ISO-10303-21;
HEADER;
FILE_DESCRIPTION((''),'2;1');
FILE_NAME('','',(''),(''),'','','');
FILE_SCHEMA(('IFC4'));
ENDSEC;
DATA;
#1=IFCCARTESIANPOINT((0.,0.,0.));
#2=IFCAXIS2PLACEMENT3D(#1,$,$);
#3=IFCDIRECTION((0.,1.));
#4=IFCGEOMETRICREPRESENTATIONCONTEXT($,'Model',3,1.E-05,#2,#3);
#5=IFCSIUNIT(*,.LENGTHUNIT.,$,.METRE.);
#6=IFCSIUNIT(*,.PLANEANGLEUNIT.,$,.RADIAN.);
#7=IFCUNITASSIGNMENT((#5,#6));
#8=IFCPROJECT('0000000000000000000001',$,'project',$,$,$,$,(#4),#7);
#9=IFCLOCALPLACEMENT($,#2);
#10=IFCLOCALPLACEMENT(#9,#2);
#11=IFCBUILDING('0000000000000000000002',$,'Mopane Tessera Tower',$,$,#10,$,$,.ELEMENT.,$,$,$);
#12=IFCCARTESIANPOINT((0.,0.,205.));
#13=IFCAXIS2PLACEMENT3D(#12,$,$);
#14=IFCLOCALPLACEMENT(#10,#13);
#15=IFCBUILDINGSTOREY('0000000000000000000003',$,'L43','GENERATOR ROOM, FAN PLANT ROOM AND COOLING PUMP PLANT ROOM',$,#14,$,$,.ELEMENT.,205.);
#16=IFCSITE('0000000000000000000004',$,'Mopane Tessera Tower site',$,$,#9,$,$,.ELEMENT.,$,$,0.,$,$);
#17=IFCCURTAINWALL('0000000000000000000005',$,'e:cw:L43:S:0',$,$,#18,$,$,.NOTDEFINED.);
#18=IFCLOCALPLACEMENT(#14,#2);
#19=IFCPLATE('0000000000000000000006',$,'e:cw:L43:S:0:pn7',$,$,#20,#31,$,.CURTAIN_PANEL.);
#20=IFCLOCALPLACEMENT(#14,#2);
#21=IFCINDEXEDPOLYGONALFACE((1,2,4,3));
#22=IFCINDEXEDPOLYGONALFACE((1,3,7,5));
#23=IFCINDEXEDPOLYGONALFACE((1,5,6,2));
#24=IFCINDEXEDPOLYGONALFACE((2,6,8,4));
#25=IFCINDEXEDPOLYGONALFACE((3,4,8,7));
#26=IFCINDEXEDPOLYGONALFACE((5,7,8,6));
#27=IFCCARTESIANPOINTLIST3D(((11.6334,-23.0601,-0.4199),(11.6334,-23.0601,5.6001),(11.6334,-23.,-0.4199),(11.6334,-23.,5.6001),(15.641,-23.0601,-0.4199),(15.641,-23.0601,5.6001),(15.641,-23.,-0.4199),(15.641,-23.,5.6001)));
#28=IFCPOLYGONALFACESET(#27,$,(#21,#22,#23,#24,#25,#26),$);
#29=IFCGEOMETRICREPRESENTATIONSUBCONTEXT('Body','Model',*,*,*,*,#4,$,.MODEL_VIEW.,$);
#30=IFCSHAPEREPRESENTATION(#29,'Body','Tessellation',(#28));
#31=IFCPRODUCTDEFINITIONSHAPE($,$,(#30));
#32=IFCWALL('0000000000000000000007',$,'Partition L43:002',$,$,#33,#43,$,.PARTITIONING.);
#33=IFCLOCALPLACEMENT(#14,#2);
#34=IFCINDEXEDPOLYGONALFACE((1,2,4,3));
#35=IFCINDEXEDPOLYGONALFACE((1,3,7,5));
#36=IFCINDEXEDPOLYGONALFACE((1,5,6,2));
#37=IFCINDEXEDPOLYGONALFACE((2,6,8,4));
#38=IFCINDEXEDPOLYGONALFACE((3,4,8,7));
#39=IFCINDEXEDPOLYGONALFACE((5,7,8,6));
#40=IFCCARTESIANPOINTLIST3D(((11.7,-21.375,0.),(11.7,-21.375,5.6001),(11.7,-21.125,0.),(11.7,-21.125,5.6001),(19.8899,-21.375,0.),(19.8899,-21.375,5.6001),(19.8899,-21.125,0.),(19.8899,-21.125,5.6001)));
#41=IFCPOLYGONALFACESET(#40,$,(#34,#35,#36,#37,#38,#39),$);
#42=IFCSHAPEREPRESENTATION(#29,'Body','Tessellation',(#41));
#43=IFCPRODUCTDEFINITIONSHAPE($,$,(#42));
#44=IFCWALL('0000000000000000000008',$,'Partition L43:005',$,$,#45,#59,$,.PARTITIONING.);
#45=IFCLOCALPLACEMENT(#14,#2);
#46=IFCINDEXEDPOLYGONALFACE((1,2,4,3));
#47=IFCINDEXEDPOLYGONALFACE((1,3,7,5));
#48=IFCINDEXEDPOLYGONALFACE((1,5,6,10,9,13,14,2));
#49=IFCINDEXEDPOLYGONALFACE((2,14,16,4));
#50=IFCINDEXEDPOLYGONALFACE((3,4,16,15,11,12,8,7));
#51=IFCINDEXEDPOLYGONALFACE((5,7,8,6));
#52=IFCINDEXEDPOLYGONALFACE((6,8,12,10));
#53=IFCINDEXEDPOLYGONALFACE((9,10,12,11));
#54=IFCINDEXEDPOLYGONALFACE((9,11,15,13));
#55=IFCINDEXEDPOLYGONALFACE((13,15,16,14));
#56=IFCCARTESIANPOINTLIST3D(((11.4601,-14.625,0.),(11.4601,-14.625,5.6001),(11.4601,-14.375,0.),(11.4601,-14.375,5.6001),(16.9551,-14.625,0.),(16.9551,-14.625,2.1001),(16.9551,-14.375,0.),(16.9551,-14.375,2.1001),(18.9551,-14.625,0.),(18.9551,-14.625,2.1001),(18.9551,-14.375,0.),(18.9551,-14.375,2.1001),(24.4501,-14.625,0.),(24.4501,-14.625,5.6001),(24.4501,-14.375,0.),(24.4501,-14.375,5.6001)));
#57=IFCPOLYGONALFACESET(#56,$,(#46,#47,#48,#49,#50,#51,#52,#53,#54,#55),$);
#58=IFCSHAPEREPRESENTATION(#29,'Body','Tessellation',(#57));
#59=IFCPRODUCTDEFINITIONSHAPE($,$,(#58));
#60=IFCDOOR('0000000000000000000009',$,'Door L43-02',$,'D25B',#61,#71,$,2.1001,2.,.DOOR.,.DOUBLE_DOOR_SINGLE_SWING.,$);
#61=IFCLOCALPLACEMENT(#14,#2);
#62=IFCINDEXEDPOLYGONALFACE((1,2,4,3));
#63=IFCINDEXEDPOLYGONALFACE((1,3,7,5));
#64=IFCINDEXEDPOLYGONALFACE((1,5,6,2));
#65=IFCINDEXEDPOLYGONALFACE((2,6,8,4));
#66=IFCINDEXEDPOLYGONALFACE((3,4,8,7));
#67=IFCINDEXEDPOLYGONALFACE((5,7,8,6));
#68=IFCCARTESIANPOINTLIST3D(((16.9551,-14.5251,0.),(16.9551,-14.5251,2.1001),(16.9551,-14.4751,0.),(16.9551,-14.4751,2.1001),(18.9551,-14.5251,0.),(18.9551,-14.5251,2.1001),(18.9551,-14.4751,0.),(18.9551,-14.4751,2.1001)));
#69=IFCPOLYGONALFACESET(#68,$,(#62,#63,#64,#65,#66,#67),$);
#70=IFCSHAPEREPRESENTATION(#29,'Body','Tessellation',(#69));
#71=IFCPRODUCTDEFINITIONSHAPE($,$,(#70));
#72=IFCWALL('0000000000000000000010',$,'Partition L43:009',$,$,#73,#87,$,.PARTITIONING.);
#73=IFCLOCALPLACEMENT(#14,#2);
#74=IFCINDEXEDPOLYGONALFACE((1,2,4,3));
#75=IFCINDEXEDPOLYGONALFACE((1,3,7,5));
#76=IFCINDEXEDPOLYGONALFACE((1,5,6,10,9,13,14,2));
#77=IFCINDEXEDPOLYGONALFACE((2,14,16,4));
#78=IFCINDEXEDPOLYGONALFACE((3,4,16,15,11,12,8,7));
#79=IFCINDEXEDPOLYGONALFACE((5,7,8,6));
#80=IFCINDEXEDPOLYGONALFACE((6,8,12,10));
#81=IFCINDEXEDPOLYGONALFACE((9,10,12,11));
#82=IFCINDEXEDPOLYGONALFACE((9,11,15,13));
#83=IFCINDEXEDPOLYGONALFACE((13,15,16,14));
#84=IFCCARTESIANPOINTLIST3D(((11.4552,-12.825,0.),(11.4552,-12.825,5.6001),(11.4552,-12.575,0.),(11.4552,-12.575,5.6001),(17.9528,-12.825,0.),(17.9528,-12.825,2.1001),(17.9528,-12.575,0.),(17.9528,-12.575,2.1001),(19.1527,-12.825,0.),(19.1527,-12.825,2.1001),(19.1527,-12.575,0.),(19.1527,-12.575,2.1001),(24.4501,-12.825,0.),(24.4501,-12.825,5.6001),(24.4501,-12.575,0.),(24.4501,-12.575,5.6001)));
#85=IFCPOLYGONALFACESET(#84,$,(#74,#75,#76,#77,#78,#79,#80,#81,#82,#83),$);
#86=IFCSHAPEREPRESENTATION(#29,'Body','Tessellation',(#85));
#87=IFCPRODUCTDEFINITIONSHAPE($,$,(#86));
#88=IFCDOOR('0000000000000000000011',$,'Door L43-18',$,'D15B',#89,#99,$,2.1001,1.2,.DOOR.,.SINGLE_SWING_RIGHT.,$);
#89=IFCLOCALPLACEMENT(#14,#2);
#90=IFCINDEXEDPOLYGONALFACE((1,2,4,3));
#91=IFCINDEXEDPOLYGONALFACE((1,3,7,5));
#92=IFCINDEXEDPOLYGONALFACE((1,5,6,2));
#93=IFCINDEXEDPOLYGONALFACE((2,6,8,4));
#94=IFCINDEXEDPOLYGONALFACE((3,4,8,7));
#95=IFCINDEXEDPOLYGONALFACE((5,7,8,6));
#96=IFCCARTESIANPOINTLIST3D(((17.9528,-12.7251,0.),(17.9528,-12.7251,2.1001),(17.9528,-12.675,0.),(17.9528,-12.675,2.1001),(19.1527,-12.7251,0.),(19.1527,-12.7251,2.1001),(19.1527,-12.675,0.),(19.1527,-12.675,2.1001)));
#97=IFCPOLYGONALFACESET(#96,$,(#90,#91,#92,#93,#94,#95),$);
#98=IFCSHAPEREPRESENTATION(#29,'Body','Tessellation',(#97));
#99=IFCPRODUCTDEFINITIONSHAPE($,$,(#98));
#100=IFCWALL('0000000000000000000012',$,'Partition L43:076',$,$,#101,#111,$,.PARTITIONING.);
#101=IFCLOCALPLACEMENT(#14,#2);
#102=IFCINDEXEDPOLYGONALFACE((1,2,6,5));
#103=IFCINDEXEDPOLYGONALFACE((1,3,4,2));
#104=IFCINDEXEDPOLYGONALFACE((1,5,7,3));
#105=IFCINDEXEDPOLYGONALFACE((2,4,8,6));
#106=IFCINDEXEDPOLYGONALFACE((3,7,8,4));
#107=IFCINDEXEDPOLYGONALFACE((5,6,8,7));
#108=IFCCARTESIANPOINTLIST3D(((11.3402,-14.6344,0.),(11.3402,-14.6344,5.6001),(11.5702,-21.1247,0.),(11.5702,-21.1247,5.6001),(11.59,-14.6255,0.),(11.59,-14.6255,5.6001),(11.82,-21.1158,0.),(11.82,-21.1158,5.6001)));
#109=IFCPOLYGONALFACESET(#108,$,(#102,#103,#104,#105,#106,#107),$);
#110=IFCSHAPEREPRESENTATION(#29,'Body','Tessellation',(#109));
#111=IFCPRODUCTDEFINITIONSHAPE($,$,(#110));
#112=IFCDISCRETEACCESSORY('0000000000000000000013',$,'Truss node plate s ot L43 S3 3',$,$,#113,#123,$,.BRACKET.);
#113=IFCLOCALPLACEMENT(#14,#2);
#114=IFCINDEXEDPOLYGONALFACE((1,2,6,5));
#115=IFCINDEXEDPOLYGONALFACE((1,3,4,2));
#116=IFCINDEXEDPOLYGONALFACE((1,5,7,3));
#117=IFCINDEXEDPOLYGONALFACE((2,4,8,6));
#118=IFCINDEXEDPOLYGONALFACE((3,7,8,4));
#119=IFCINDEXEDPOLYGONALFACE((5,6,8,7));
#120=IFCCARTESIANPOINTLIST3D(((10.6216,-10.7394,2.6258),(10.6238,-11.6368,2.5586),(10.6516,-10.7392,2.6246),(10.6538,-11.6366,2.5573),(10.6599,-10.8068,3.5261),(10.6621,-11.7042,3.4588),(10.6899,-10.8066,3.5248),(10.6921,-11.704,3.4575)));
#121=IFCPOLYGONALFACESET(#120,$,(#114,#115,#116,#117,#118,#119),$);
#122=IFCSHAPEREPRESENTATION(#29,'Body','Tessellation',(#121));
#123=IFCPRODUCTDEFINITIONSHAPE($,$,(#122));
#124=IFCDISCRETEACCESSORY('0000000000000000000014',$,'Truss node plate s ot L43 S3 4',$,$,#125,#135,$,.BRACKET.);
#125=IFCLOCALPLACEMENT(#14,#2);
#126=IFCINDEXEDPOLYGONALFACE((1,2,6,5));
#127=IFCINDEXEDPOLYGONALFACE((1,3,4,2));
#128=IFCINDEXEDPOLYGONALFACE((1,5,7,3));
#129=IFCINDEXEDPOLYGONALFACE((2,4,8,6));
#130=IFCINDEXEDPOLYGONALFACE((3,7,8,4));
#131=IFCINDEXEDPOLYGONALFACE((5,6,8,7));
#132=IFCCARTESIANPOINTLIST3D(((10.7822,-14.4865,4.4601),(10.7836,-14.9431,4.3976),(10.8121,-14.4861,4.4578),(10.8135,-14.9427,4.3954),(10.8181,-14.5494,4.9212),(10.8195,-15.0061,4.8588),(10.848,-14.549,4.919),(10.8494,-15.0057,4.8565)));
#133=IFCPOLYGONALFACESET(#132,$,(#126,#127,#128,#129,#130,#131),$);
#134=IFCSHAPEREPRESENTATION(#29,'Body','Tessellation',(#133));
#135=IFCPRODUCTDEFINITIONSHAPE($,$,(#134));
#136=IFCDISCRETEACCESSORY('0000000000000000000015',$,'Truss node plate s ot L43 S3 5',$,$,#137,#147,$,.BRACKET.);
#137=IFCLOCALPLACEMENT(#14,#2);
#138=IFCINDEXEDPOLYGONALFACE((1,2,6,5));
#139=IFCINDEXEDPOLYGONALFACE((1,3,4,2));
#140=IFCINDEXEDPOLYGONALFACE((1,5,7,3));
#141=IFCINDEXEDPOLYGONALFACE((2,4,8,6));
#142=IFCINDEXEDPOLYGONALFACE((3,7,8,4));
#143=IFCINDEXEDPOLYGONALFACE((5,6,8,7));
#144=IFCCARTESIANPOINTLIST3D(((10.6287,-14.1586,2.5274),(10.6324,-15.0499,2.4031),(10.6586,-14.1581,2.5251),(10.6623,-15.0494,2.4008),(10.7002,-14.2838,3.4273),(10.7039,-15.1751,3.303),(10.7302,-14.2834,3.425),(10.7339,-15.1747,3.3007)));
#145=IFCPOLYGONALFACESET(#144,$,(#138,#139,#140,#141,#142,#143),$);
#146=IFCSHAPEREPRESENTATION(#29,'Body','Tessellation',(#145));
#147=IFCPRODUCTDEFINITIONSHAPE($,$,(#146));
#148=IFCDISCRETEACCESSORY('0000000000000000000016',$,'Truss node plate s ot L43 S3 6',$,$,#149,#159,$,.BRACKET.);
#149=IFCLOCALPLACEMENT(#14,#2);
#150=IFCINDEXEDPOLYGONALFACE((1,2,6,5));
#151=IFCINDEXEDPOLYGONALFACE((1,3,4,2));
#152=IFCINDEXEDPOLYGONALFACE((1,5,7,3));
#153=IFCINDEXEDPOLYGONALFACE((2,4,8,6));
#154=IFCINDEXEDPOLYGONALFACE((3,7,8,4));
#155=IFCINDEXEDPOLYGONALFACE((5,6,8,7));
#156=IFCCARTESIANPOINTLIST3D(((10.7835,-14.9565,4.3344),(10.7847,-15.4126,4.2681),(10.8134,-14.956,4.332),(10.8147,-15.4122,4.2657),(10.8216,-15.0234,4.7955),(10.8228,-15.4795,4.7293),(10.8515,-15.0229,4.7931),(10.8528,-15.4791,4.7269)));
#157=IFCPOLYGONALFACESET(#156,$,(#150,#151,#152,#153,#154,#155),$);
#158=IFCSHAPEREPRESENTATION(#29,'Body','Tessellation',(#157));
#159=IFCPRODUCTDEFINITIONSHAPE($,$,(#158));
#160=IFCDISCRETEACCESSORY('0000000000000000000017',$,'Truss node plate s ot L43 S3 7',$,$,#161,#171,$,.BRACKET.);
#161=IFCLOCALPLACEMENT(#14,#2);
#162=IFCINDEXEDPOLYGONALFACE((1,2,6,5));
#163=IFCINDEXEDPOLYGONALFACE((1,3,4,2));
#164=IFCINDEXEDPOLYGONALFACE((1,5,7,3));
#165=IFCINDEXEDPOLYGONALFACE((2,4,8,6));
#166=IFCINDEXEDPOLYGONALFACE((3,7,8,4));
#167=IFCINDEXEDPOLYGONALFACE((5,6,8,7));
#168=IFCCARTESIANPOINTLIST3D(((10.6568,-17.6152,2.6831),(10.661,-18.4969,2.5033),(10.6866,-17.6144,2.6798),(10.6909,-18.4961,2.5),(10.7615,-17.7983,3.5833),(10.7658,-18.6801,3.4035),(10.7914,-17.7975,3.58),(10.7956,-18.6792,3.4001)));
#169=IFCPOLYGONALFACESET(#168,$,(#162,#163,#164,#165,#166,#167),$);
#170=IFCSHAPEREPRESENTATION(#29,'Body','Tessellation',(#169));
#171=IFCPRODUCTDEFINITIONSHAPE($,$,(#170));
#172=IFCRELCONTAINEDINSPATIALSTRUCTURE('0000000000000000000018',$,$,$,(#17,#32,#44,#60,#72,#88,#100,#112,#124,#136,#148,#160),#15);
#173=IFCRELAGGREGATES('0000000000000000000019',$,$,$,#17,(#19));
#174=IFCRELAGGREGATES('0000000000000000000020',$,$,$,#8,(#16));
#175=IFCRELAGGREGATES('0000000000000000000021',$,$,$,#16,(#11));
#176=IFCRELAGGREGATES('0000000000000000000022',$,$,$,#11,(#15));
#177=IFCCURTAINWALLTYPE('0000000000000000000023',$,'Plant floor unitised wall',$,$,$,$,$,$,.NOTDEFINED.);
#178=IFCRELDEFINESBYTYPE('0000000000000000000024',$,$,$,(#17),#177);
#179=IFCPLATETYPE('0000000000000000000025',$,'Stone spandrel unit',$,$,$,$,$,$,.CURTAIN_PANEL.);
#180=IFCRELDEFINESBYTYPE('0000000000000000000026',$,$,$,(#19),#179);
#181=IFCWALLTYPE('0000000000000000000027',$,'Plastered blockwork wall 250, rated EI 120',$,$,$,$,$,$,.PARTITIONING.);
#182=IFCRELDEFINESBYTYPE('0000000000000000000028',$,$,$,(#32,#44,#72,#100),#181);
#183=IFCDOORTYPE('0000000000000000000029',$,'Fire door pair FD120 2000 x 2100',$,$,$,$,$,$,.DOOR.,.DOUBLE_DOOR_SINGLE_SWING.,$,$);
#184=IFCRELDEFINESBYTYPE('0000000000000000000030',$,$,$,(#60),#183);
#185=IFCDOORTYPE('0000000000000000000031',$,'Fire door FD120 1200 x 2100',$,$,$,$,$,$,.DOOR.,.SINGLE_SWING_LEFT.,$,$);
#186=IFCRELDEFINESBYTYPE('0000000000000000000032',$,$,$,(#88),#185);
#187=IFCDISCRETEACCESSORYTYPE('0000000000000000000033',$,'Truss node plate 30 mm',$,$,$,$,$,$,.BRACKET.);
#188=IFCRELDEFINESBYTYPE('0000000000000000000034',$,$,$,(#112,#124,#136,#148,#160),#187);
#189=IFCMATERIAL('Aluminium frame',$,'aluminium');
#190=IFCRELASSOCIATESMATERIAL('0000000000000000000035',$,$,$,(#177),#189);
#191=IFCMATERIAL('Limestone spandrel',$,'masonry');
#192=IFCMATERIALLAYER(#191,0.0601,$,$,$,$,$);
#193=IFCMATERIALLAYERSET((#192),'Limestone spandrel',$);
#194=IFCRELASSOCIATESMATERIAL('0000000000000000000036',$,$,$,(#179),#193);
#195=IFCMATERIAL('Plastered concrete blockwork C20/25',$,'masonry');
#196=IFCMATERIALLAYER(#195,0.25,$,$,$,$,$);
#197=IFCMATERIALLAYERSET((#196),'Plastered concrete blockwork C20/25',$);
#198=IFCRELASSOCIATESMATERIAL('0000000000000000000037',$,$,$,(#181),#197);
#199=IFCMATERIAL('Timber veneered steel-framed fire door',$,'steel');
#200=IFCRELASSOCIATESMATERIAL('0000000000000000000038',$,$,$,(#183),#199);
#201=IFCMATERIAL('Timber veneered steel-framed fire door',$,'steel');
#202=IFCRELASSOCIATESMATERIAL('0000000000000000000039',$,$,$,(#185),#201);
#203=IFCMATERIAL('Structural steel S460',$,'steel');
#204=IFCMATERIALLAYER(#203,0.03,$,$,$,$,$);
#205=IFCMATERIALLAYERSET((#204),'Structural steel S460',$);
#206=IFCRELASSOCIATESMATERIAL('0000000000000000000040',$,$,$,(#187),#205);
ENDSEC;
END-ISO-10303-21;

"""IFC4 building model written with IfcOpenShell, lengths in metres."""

from ifc_helpers import new_model, si_unit, direction, frame, frame_2d, origin, origin_2d, place, context, subcontext, project, spatial, rectangle, extrude, material, layer, layer_set, type_object, element, fill, aggregate, save


model = new_model("IFC4")

# Units and contexts
model_context = context("Model", 3, precision=1e-05, world=origin(), true_north=direction((0.0, 1.0)))
body_context = subcontext(model_context, "Body", "Model", "MODEL_VIEW")
ifc_project = project(units=[si_unit("LENGTHUNIT", "METRE"), si_unit("PLANEANGLEUNIT", "RADIAN")], contexts=[model_context])

# Site, building, storey
site_placement = place(None, origin())
site = spatial("IfcSite", under=ifc_project, at=site_placement, Name="Mopane Tessera Tower site", CompositionType="ELEMENT", RefElevation=0.0)
building_placement = place(site_placement, origin())
building = spatial("IfcBuilding", under=site, at=building_placement, Name="Mopane Tessera Tower", CompositionType="ELEMENT")
storey_placement = place(building_placement, frame((0.0, 0.0, 205.0)))
storey = spatial("IfcBuildingStorey", under=building, at=storey_placement, Name="L43", Description="GENERATOR ROOM, FAN PLANT ROOM AND COOLING PUMP PLANT ROOM", CompositionType="ELEMENT", Elevation=205.0)

# Curtain wall
ifc_material_1 = material(Name="Aluminium frame", Category="aluminium")
curtain_wall_type = type_object("IfcCurtainWallType", Name="Plant floor unitised wall", PredefinedType="NOTDEFINED", material=ifc_material_1)
curtain_wall_placement = place(storey_placement, origin())
curtain_wall = element("IfcCurtainWall", 1, at=curtain_wall_placement, inside=storey, type_object=curtain_wall_type, Name="e:cw:L43:S:0", PredefinedType="NOTDEFINED")

# Plate
ifc_material_2 = material(Name="Limestone spandrel", Category="masonry")
ifc_layer_1 = layer(ifc_material_2, 0.0601)
ifc_layer_set_1 = layer_set([ifc_layer_1], Name="Limestone spandrel")
plate_type = type_object("IfcPlateType", Name="Stone spandrel unit", PredefinedType="CURTAIN_PANEL", material=ifc_layer_set_1)
plate_placement = place(storey_placement, frame((13.6372, -23.03, -0.4199), z_axis=(0.0, 0.0, 1.0), x_axis=(1.0, 0.0, 0.0)))
plate = element("IfcPlate", 2, at=plate_placement, type_object=plate_type, Name="e:cw:L43:S:0:pn7", PredefinedType="CURTAIN_PANEL", context=body_context, shape_type="SweptSolid", body=[
    extrude(rectangle(XDim=4.0076, YDim=0.0601, at=origin_2d()), origin(), (0.0, 0.0, 1.0), 6.02),
])
aggregate(curtain_wall, [plate])

# Wall
ifc_material_3 = material(Name="Plastered concrete blockwork C20/25", Category="masonry")
ifc_layer_2 = layer(ifc_material_3, 0.25)
ifc_layer_set_2 = layer_set([ifc_layer_2], Name="Plastered concrete blockwork C20/25")
wall_type = type_object("IfcWallType", Name="Plastered blockwork wall 250, rated EI 120", PredefinedType="PARTITIONING", material=ifc_layer_set_2)
wall_1_placement = place(storey_placement, frame((11.7, -21.25, 0.0), z_axis=(0.0, 0.0, 1.0), x_axis=(1.0, 0.0, 0.0)))
element("IfcWall", 3, at=wall_1_placement, inside=storey, type_object=wall_type, Name="Partition L43:002", PredefinedType="PARTITIONING", context=body_context, shape_type="SweptSolid", body=[
    extrude(rectangle(XDim=8.1899, YDim=0.25, at=frame_2d((4.095, 0.0))), origin(), (0.0, 0.0, 1.0), 5.6001),
])

# Walls, openings, doors
wall_2_placement = place(storey_placement, frame((11.46, -14.5, 0.0), z_axis=(0.0, 0.0, 1.0), x_axis=(1.0, 0.0, 0.0)))
wall_2 = element("IfcWall", 4, at=wall_2_placement, inside=storey, type_object=wall_type, Name="Partition L43:005", PredefinedType="PARTITIONING", context=body_context, shape_type="SweptSolid", body=[
    extrude(rectangle(XDim=12.99, YDim=0.25, at=frame_2d((6.4951, 0.0))), origin(), (0.0, 0.0, 1.0), 5.6001),
])
opening_1_placement = place(wall_2_placement, frame((5.4951, 0.0, 0.0)))
opening_1 = element("IfcOpeningElement", 5, at=opening_1_placement, cuts=wall_2, PredefinedType="OPENING", context=body_context, shape_type="SweptSolid", body=[
    extrude(rectangle(XDim=2.0, YDim=2.1001, at=frame_2d((1.0, 1.05))), frame((0.0, 0.137, 0.0), z_axis=(0.0, -1.0, 0.0), x_axis=(1.0, 0.0, 0.0)), (0.0, 0.0, 1.0), 0.2739),
])
ifc_material_4 = material(Name="Timber veneered steel-framed fire door", Category="steel")
door_type_1 = type_object("IfcDoorType", Name="Fire door pair FD120 2000 x 2100", OperationType="DOUBLE_DOOR_SINGLE_SWING", PredefinedType="DOOR", material=ifc_material_4)
door_1_placement = place(opening_1_placement, origin())
door_1 = element("IfcDoor", 6, at=door_1_placement, inside=storey, type_object=door_type_1, Name="Door L43-02", ObjectType="D25B", OperationType="DOUBLE_DOOR_SINGLE_SWING", OverallHeight=2.1001, OverallWidth=2.0, PredefinedType="DOOR", context=body_context, shape_type="SweptSolid", body=[
    extrude(rectangle(XDim=2.0, YDim=2.1001, at=frame_2d((1.0, 1.05))), frame((0.0, 0.0249, 0.0), z_axis=(0.0, -1.0, 0.0), x_axis=(1.0, 0.0, 0.0)), (0.0, 0.0, 1.0), 0.05),
])
fill(opening_1, door_1)
wall_3_placement = place(storey_placement, frame((11.4551, -12.7, 0.0), z_axis=(0.0, 0.0, 1.0), x_axis=(1.0, 0.0, 0.0)))
wall_3 = element("IfcWall", 7, at=wall_3_placement, inside=storey, type_object=wall_type, Name="Partition L43:009", PredefinedType="PARTITIONING", context=body_context, shape_type="SweptSolid", body=[
    extrude(rectangle(XDim=12.9949, YDim=0.25, at=frame_2d((6.4976, 0.0))), origin(), (0.0, 0.0, 1.0), 5.6001),
])
opening_2_placement = place(wall_3_placement, frame((6.4976, 0.0, 0.0)))
opening_2 = element("IfcOpeningElement", 8, at=opening_2_placement, cuts=wall_3, PredefinedType="OPENING", context=body_context, shape_type="SweptSolid", body=[
    extrude(rectangle(XDim=1.2, YDim=2.1001, at=frame_2d((0.6001, 1.05))), frame((0.0, 0.137, 0.0), z_axis=(0.0, -1.0, 0.0), x_axis=(1.0, 0.0, 0.0)), (0.0, 0.0, 1.0), 0.2739),
])
ifc_material_5 = material(Name="Timber veneered steel-framed fire door", Category="steel")
door_type_2 = type_object("IfcDoorType", Name="Fire door FD120 1200 x 2100", OperationType="SINGLE_SWING_LEFT", PredefinedType="DOOR", material=ifc_material_5)
door_2_placement = place(opening_2_placement, origin())
door_2 = element("IfcDoor", 9, at=door_2_placement, inside=storey, type_object=door_type_2, Name="Door L43-18", ObjectType="D15B", OperationType="SINGLE_SWING_RIGHT", OverallHeight=2.1001, OverallWidth=1.2, PredefinedType="DOOR", context=body_context, shape_type="SweptSolid", body=[
    extrude(rectangle(XDim=1.2, YDim=2.1001, at=frame_2d((0.6001, 1.05))), frame((0.0, 0.0249, 0.0), z_axis=(0.0, -1.0, 0.0), x_axis=(1.0, 0.0, 0.0)), (0.0, 0.0, 1.0), 0.05),
])
fill(opening_2, door_2)

# Wall
wall_4_placement = place(storey_placement, frame((11.6951, -21.1201, 0.0), z_axis=(0.0, 0.0, 1.0), x_axis=(-0.035413, 0.999373, 0.0)))
element("IfcWall", 10, at=wall_4_placement, inside=storey, type_object=wall_type, Name="Partition L43:076", PredefinedType="PARTITIONING", context=body_context, shape_type="SweptSolid", body=[
    extrude(rectangle(XDim=6.4944, YDim=0.25, at=frame_2d((3.2471, 0.0))), origin(), (0.0, 0.0, 1.0), 5.6001),
])

# Discrete accessories
ifc_material_6 = material(Name="Structural steel S460", Category="steel")
ifc_layer_3 = layer(ifc_material_6, 0.03)
ifc_layer_set_3 = layer_set([ifc_layer_3], Name="Structural steel S460")
discrete_accessory_type = type_object("IfcDiscreteAccessoryType", Name="Truss node plate 30 mm", PredefinedType="BRACKET", material=ifc_layer_set_3)
discrete_accessory_1_placement = place(storey_placement, frame((10.6377, -11.188, 2.5916), z_axis=(0.042425, -0.074582, 0.996312), x_axis=(0.999097, 0.005571, -0.042127)))
element("IfcDiscreteAccessory", 11, at=discrete_accessory_1_placement, inside=storey, type_object=discrete_accessory_type, Name="Truss node plate s ot L43 S3 3", PredefinedType="BRACKET", context=body_context, shape_type="SweptSolid", body=[
    extrude(rectangle(XDim=0.03, YDim=0.8999, at=origin_2d()), origin(), (0.0, 0.0, 1.0), 0.9036),
])
discrete_accessory_2_placement = place(storey_placement, frame((10.7979, -14.7146, 4.4277), z_axis=(0.076875, -0.134923, 0.987869), x_axis=(0.997036, 0.01345, -0.075751)))
element("IfcDiscreteAccessory", 12, at=discrete_accessory_2_placement, inside=storey, type_object=discrete_accessory_type, Name="Truss node plate s ot L43 S3 4", PredefinedType="BRACKET", context=body_context, shape_type="SweptSolid", body=[
    extrude(rectangle(XDim=0.03, YDim=0.4609, at=origin_2d()), origin(), (0.0, 0.0, 1.0), 0.4668),
])
discrete_accessory_3_placement = place(storey_placement, frame((10.6455, -14.604, 2.4641), z_axis=(0.078488, -0.137421, 0.987398), x_axis=(0.996907, 0.014911, -0.077169)))
element("IfcDiscreteAccessory", 13, at=discrete_accessory_3_placement, inside=storey, type_object=discrete_accessory_type, Name="Truss node plate s ot L43 S3 5", PredefinedType="BRACKET", context=body_context, shape_type="SweptSolid", body=[
    extrude(rectangle(XDim=0.03, YDim=0.8999, at=origin_2d()), origin(), (0.0, 0.0, 1.0), 0.9114),
])
discrete_accessory_4_placement = place(storey_placement, frame((10.7991, -15.1843, 4.3), z_axis=(0.081456, -0.143071, 0.986355), x_axis=(0.996673, 0.01445, -0.080213)))
element("IfcDiscreteAccessory", 14, at=discrete_accessory_4_placement, inside=storey, type_object=discrete_accessory_type, Name="Truss node plate s ot L43 S3 6", PredefinedType="BRACKET", context=body_context, shape_type="SweptSolid", body=[
    extrude(rectangle(XDim=0.03, YDim=0.4609, at=origin_2d()), origin(), (0.0, 0.0, 1.0), 0.4675),
])
discrete_accessory_5_placement = place(storey_placement, frame((10.6738, -18.0557, 2.5916), z_axis=(0.113286, -0.198052, 0.973623), x_axis=(0.993551, 0.027227, -0.110066)))
element("IfcDiscreteAccessory", 15, at=discrete_accessory_5_placement, inside=storey, type_object=discrete_accessory_type, Name="Truss node plate s ot L43 S3 7", PredefinedType="BRACKET", context=body_context, shape_type="SweptSolid", body=[
    extrude(rectangle(XDim=0.03, YDim=0.8999, at=origin_2d()), origin(), (0.0, 0.0, 1.0), 0.9246),
])

save(model, "model.ifc")
